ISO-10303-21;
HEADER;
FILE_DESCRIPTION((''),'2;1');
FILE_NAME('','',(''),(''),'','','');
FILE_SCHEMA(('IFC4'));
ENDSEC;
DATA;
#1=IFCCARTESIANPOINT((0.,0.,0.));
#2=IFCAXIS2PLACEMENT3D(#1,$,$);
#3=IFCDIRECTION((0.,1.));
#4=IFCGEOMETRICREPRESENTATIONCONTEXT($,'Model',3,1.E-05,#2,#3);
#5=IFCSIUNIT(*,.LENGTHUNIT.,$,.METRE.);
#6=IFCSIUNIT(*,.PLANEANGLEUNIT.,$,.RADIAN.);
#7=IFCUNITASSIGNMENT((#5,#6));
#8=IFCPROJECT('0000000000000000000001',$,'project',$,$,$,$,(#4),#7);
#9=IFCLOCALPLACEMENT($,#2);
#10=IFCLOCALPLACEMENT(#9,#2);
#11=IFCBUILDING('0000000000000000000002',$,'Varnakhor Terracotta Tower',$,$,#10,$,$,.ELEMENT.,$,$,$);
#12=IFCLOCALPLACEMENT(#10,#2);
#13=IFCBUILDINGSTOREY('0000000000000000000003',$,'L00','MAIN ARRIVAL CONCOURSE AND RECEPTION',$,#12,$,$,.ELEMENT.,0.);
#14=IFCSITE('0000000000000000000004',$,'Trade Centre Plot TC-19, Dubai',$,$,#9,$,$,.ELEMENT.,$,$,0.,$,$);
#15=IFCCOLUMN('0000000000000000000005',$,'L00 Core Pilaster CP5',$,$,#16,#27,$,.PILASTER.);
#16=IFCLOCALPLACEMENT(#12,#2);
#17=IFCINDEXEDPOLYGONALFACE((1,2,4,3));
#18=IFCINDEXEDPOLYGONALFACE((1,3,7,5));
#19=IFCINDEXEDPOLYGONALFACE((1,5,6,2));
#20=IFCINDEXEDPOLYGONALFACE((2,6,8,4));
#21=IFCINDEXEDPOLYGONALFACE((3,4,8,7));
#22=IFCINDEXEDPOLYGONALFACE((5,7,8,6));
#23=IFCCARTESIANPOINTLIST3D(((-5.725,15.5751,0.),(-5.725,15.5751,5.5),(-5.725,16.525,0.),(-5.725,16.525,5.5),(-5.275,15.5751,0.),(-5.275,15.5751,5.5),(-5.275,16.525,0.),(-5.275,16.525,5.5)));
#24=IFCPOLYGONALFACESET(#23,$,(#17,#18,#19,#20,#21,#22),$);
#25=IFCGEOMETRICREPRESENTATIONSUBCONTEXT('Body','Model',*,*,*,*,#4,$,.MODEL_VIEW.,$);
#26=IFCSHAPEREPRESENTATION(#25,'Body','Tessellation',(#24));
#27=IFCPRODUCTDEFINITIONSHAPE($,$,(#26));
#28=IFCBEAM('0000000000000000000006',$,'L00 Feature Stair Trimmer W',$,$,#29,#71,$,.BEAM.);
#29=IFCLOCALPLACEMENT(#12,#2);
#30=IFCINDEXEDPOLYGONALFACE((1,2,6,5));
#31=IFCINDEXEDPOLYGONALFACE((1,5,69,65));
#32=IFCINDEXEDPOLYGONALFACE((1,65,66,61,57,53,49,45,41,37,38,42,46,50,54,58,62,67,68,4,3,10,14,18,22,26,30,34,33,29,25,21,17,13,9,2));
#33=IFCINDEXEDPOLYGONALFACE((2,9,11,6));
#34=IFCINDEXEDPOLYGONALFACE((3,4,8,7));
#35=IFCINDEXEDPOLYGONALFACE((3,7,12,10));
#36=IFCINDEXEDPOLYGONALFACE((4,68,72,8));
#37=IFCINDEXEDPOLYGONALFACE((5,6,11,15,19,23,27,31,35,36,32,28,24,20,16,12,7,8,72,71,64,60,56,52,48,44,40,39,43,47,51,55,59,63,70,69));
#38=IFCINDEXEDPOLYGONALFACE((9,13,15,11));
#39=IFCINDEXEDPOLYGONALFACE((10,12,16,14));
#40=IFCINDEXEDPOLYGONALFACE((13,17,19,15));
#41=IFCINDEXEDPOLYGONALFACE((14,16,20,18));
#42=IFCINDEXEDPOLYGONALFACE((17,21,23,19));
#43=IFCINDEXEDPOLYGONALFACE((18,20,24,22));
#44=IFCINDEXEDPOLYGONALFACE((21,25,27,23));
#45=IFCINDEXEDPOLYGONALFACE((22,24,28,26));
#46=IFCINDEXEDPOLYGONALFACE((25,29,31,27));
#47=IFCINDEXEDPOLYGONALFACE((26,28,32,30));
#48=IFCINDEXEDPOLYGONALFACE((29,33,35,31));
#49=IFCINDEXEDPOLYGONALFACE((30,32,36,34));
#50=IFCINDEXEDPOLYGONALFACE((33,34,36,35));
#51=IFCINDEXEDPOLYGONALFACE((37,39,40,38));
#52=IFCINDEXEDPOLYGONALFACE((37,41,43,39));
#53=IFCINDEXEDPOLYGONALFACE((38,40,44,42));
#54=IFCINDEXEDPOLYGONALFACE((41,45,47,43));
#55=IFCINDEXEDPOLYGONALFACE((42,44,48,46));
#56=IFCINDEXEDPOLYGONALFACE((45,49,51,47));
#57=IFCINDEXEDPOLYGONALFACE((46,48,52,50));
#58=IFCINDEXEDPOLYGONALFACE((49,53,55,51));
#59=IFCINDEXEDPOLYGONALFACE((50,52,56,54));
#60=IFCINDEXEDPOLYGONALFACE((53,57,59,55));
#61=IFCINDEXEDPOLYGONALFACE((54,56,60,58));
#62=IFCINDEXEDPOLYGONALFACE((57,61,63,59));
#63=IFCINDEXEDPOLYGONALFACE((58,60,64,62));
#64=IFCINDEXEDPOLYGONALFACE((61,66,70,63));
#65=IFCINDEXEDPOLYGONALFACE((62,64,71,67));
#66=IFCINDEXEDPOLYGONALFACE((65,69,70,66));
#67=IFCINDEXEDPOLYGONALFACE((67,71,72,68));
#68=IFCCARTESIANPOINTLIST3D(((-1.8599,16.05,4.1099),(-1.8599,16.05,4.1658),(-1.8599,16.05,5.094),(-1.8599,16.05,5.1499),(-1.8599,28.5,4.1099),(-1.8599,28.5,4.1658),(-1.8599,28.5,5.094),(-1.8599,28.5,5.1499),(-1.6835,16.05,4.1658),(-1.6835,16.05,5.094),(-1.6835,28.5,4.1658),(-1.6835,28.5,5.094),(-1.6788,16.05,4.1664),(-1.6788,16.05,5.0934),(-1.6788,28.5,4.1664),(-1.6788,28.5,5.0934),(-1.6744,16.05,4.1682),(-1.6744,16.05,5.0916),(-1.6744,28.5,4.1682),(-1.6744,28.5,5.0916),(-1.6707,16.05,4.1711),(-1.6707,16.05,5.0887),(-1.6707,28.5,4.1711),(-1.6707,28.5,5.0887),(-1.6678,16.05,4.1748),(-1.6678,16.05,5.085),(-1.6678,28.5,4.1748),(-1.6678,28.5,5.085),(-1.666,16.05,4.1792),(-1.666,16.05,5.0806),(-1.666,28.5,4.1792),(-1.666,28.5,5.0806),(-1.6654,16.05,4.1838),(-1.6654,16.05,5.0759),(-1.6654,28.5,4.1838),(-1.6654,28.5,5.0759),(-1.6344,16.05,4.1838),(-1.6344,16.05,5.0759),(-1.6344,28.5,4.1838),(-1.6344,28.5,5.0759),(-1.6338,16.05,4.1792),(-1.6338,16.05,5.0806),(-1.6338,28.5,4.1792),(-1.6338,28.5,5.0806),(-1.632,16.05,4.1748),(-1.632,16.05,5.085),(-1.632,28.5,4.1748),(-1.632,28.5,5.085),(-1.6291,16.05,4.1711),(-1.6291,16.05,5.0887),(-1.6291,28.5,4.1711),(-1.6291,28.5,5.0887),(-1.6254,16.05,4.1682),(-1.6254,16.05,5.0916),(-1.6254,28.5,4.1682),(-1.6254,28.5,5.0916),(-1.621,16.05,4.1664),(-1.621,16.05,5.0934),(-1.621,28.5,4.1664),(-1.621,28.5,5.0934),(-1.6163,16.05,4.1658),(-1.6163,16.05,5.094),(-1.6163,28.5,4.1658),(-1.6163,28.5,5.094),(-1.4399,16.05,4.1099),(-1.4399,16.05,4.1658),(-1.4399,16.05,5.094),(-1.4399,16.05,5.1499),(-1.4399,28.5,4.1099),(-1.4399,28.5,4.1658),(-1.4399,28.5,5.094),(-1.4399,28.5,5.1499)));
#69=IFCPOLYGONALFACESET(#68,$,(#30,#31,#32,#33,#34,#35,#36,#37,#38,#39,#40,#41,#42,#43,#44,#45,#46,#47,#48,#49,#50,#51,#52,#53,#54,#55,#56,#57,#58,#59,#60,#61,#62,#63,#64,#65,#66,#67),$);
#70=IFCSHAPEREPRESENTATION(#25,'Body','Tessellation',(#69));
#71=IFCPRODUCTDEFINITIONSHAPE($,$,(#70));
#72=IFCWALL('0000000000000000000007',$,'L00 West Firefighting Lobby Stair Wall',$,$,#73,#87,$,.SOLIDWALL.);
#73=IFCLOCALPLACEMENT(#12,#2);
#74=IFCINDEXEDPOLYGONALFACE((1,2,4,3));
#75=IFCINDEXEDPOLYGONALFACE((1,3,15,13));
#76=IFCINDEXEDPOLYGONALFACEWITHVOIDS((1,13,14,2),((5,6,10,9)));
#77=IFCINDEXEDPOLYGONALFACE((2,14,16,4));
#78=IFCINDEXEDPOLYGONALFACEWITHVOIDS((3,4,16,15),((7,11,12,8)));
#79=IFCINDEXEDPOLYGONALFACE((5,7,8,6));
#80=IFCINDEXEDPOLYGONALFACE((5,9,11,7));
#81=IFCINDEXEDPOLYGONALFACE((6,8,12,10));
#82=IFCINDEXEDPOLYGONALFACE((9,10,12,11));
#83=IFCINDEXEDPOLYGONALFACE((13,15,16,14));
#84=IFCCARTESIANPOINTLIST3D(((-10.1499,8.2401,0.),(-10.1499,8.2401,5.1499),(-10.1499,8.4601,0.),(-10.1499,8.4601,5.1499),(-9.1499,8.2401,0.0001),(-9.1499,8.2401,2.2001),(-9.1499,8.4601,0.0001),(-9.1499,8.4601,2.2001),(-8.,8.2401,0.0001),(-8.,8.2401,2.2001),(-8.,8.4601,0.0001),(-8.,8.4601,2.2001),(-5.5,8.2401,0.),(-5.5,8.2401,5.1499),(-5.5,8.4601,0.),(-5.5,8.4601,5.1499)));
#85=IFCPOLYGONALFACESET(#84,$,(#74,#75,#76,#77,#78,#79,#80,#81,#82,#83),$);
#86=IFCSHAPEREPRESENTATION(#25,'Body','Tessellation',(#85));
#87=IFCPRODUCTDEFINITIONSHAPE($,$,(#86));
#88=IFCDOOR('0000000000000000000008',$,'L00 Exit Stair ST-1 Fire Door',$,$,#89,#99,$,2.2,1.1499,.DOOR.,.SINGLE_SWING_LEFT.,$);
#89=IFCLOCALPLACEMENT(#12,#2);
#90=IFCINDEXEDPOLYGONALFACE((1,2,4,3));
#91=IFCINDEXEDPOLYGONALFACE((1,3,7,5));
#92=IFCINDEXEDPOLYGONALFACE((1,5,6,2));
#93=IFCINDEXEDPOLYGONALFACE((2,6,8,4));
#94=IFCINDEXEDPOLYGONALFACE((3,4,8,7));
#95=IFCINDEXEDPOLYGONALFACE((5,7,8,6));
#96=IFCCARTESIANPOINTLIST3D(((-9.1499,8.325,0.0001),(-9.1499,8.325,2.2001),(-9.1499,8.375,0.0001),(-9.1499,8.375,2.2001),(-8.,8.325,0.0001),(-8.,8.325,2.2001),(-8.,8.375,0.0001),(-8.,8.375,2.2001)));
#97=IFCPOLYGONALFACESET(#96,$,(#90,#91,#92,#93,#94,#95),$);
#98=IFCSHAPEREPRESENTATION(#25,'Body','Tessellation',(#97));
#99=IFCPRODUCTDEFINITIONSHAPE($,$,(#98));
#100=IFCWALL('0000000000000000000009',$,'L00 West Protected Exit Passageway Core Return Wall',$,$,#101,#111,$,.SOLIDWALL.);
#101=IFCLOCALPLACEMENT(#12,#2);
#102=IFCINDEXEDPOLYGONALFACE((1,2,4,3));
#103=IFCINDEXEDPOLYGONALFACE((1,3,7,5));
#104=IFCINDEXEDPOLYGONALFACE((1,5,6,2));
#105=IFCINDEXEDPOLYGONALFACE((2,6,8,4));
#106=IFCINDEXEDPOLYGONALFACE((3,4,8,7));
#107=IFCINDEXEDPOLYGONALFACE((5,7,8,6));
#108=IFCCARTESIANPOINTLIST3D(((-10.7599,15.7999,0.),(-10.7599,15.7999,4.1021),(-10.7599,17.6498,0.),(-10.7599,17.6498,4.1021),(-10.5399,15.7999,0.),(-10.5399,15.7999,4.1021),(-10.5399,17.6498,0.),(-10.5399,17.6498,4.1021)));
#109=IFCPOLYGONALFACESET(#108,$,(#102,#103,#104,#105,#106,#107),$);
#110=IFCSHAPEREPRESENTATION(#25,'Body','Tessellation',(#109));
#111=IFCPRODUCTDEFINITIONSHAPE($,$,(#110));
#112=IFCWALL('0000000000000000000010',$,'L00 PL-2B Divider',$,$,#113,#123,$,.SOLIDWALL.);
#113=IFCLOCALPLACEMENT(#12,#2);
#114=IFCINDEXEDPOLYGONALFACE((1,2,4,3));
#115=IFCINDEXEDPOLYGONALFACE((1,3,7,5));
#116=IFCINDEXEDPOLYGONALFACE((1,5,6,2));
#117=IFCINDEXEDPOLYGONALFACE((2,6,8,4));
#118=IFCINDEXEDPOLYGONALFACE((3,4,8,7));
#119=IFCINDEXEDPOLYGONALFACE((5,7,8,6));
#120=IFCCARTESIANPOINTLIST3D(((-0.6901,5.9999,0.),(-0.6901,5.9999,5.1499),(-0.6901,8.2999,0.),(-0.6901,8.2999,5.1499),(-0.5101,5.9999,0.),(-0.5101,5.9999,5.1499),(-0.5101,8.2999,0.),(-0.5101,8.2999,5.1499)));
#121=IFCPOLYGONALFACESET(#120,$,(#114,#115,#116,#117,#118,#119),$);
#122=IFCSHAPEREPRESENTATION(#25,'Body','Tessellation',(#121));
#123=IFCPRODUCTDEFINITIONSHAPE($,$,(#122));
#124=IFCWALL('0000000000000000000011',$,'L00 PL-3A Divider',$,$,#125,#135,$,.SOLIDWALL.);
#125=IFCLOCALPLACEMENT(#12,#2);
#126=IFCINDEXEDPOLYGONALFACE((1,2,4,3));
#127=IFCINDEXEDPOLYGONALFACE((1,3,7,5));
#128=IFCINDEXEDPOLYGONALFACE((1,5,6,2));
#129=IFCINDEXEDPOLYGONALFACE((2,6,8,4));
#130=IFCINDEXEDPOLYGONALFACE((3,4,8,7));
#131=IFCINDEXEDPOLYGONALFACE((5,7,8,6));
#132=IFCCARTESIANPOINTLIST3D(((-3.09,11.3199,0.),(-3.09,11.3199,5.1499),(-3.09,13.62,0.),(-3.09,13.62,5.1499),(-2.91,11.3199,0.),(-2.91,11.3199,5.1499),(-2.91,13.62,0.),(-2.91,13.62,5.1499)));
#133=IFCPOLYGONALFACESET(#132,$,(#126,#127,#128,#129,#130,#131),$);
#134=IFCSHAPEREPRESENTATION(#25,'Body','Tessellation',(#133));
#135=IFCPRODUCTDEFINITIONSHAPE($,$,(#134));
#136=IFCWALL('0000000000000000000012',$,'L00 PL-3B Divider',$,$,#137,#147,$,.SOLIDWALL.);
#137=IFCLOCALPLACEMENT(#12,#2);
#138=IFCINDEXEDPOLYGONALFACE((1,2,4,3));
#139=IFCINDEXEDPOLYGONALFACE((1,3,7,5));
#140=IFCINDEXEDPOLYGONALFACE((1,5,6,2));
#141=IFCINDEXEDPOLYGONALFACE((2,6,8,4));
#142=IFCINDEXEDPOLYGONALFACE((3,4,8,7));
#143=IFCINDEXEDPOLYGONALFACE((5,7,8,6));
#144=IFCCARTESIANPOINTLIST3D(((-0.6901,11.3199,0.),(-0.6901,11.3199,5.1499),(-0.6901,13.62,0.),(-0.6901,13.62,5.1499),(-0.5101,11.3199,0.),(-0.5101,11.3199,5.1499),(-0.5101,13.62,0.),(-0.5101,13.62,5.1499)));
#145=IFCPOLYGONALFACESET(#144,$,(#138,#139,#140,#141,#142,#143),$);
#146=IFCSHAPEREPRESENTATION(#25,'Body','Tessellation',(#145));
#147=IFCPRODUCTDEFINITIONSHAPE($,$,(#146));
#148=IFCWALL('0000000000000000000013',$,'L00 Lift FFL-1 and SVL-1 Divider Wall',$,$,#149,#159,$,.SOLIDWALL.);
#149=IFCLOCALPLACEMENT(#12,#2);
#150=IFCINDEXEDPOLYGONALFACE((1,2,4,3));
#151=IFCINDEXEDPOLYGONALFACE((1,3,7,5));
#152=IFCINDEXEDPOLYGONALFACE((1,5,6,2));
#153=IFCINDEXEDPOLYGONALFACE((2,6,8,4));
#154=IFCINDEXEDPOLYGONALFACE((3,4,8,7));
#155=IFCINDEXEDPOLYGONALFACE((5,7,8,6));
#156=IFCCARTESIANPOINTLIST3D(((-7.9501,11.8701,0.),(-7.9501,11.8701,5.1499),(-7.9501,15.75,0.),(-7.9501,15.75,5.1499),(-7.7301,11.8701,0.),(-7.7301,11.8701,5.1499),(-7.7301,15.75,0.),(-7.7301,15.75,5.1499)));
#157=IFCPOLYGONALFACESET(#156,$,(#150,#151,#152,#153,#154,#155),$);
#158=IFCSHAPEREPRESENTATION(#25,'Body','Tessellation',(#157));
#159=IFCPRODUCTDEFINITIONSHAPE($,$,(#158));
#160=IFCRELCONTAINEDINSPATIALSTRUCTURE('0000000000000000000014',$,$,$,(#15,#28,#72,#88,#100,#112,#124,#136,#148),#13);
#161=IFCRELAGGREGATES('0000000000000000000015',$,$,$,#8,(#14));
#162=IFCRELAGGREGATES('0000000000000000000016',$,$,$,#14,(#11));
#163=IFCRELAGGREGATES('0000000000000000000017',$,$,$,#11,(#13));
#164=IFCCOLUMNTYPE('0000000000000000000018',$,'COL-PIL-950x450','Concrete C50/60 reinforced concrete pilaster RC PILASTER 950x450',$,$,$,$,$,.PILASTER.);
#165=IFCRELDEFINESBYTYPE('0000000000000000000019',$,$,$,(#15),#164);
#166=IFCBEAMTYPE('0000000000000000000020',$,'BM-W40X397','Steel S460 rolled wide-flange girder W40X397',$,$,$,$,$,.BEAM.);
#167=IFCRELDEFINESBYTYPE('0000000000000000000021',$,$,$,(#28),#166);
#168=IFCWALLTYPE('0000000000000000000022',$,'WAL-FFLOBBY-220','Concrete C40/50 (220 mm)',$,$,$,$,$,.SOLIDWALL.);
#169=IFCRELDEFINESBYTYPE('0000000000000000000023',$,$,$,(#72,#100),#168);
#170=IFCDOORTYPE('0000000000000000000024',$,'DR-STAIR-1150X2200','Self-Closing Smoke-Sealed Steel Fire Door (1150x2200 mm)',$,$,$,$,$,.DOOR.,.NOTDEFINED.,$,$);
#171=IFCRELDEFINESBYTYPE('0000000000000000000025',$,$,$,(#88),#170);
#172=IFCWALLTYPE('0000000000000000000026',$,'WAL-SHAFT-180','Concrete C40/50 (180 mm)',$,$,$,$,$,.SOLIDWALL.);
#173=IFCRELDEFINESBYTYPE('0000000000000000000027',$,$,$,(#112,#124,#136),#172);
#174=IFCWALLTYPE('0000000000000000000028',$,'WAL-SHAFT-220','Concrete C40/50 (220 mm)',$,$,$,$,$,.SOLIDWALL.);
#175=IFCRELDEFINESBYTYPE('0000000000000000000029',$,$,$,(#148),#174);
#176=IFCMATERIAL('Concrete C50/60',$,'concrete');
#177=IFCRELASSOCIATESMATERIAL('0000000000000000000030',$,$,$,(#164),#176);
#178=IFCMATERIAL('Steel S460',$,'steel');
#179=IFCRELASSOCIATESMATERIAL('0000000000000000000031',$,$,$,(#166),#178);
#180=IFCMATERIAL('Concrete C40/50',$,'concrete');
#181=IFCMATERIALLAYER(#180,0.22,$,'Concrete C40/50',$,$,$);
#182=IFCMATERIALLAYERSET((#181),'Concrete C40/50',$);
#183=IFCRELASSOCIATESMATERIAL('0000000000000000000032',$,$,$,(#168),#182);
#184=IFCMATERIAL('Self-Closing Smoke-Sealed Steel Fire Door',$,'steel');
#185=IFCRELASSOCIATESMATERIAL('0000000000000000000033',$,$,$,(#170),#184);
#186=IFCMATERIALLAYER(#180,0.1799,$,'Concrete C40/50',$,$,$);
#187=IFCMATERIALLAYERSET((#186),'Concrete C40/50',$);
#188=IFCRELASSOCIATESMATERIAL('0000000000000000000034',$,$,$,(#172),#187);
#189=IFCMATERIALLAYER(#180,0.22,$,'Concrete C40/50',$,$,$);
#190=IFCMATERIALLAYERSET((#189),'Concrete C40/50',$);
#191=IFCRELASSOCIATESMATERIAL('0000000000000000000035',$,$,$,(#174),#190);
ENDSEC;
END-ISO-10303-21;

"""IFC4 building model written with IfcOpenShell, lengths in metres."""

from ifc_helpers import new_model, si_unit, direction, frame, frame_2d, origin, origin_2d, place, context, subcontext, project, spatial, rectangle, i_section, extrude, source, transform, mapped, material, layer, layer_set, material_profile, profile_set, type_object, type_shapes, element, fill, save


model = new_model("IFC4")

# Units and contexts
model_context = context("Model", 3, precision=1e-05, world=origin(), true_north=direction((0.0, 1.0)))
body_context = subcontext(model_context, "Body", "Model", "MODEL_VIEW")
ifc_project = project(units=[si_unit("LENGTHUNIT", "METRE"), si_unit("PLANEANGLEUNIT", "RADIAN")], contexts=[model_context])

# Site, building, storey
site_placement = place(None, origin())
site = spatial("IfcSite", under=ifc_project, at=site_placement, Name="Trade Centre Plot TC-19, Dubai", CompositionType="ELEMENT", RefElevation=0.0)
building_placement = place(site_placement, origin())
building = spatial("IfcBuilding", under=site, at=building_placement, Name="Varnakhor Terracotta Tower", CompositionType="ELEMENT")
storey_placement = place(building_placement, origin())
storey = spatial("IfcBuildingStorey", under=building, at=storey_placement, Name="L00", Description="MAIN ARRIVAL CONCOURSE AND RECEPTION", CompositionType="ELEMENT", Elevation=0.0)

# Column
ifc_material_1 = material(Name="Concrete C50/60", Category="concrete")
ifc_material_profile_1 = material_profile(ifc_material_1, rectangle(XDim=0.45, YDim=0.95, at=origin_2d()), Name="RC PILASTER 950x450")
ifc_profile_set_1 = profile_set([ifc_material_profile_1], Name="Concrete C50/60")
column_type = type_object("IfcColumnType", Name="COL-PIL-950x450", Description="Concrete C50/60 reinforced concrete pilaster RC PILASTER 950x450", PredefinedType="PILASTER", material=ifc_profile_set_1)
shared_shape_1 = source(origin(), body_context, "Body", "SweptSolid", [
    extrude(rectangle(XDim=0.45, YDim=0.95, at=origin_2d()), origin(), (0.0, 0.0, 1.0), 5.5),
])
column_placement = place(storey_placement, frame((-5.5, 16.05, 0.0), z_axis=(0.0, 0.0, 1.0), x_axis=(1.0, 0.0, 0.0)))
element("IfcColumn", 1, at=column_placement, inside=storey, type_object=column_type, Name="L00 Core Pilaster CP5", PredefinedType="PILASTER", context=body_context, shape_type="MappedRepresentation", body=[
    mapped(shared_shape_1, transform((0.0, 0.0, 0.0), scale=1.0)),
])

# Beam
ifc_material_2 = material(Name="Steel S460", Category="steel")
ifc_material_profile_2 = material_profile(ifc_material_2, i_section(OverallWidth=0.4199, OverallDepth=1.04, WebThickness=0.031, FlangeThickness=0.0559, FilletRadius=0.0181, at=origin_2d()), Name="W40X397")
ifc_profile_set_2 = profile_set([ifc_material_profile_2], Name="Steel S460")
beam_type = type_object("IfcBeamType", Name="BM-W40X397", Description="Steel S460 rolled wide-flange girder W40X397", PredefinedType="BEAM", material=ifc_profile_set_2)
shared_shape_2 = source(origin(), body_context, "Body", "SweptSolid", [
    extrude(i_section(OverallWidth=0.4199, OverallDepth=1.04, WebThickness=0.031, FlangeThickness=0.0559, FilletRadius=0.0181, at=origin_2d()), origin(), (0.0, 0.0, 1.0), 12.45),
])
beam_placement = place(storey_placement, frame((-1.6499, 16.05, 4.6299), z_axis=(0.0, 1.0, 0.0), x_axis=(-1.0, 0.0, 0.0)))
element("IfcBeam", 2, at=beam_placement, inside=storey, type_object=beam_type, Name="L00 Feature Stair Trimmer W", PredefinedType="BEAM", context=body_context, shape_type="MappedRepresentation", body=[
    mapped(shared_shape_2, transform((0.0, 0.0, 0.0), scale=1.0)),
])

# Wall, opening, door
ifc_material_3 = material(Name="Concrete C40/50", Category="concrete")
ifc_layer_1 = layer(ifc_material_3, 0.22, Name="Concrete C40/50")
ifc_layer_set_1 = layer_set([ifc_layer_1], Name="Concrete C40/50")
wall_type_1 = type_object("IfcWallType", Name="WAL-FFLOBBY-220", Description="Concrete C40/50 (220 mm)", PredefinedType="SOLIDWALL", material=ifc_layer_set_1)
wall_1_placement = place(storey_placement, frame((-10.1499, 8.3501, 0.0), z_axis=(0.0, 0.0, 1.0), x_axis=(1.0, 0.0, 0.0)))
wall_1 = element("IfcWall", 3, at=wall_1_placement, inside=storey, type_object=wall_type_1, Name="L00 West Firefighting Lobby Stair Wall", PredefinedType="SOLIDWALL", context=body_context, shape_type="SweptSolid", body=[
    extrude(rectangle(XDim=4.6499, YDim=0.22, at=frame_2d((2.325, 0.0))), origin(), (0.0, 0.0, 1.0), 5.1499),
])
opening_1_placement = place(wall_1_placement, frame((1.0, 0.0, 0.0)))
opening_1 = element("IfcOpeningElement", 4, at=opening_1_placement, cuts=wall_1, PredefinedType="OPENING", context=body_context, shape_type="SweptSolid", body=[
    extrude(rectangle(XDim=1.1499, YDim=2.2, at=frame_2d((0.575, 1.1001))), frame((0.0, 0.1201, 0.0), z_axis=(0.0, -1.0, 0.0), x_axis=(1.0, 0.0, 0.0)), (0.0, 0.0, 1.0), 0.24),
])
ifc_material_4 = material(Name="Self-Closing Smoke-Sealed Steel Fire Door", Category="steel")
door_type_1 = type_object("IfcDoorType", Name="DR-STAIR-1150X2200", Description="Self-Closing Smoke-Sealed Steel Fire Door (1150x2200 mm)", OperationType="NOTDEFINED", PredefinedType="DOOR", material=ifc_material_4)
shared_shape_3 = source(origin(), body_context, "Body", "SweptSolid", [
    extrude(rectangle(XDim=1.1499, YDim=2.2, at=frame_2d((0.575, 1.1001))), frame((0.0, 0.0249, 0.0), z_axis=(0.0, -1.0, 0.0), x_axis=(1.0, 0.0, 0.0)), (0.0, 0.0, 1.0), 0.05),
])
type_shapes(door_type_1, [shared_shape_3])
door_1_placement = place(opening_1_placement, origin())
door_1 = element("IfcDoor", 5, at=door_1_placement, inside=storey, type_object=door_type_1, Name="L00 Exit Stair ST-1 Fire Door", OperationType="SINGLE_SWING_LEFT", OverallHeight=2.2, OverallWidth=1.1499, PredefinedType="DOOR", context=body_context, shape_type="MappedRepresentation", body=[
    mapped(shared_shape_3, transform((0.0, 0.0, 0.0), scale=1.0)),
])
fill(opening_1, door_1)

# Walls
wall_2_placement = place(storey_placement, frame((-10.6499, 15.8, 0.0), z_axis=(0.0, 0.0, 1.0), x_axis=(0.0, 1.0, 0.0)))
element("IfcWall", 6, at=wall_2_placement, inside=storey, type_object=wall_type_1, Name="L00 West Protected Exit Passageway Core Return Wall", PredefinedType="SOLIDWALL", context=body_context, shape_type="SweptSolid", body=[
    extrude(rectangle(XDim=1.8499, YDim=0.22, at=frame_2d((0.9248, 0.0))), origin(), (0.0, 0.0, 1.0), 4.1021),
])
ifc_layer_2 = layer(ifc_material_3, 0.1799, Name="Concrete C40/50")
ifc_layer_set_2 = layer_set([ifc_layer_2], Name="Concrete C40/50")
wall_type_2 = type_object("IfcWallType", Name="WAL-SHAFT-180", Description="Concrete C40/50 (180 mm)", PredefinedType="SOLIDWALL", material=ifc_layer_set_2)
for number, where, z_axis, x_axis, name in (
    (7, (-0.6001, 6.0, 0.0), (0.0, 0.0, 1.0), (0.0, 1.0, 0.0), "L00 PL-2B Divider"),
    (8, (-3.0, 11.3201, 0.0), (0.0, 0.0, 1.0), (0.0, 1.0, 0.0), "L00 PL-3A Divider"),
    (9, (-0.6001, 11.3201, 0.0), (0.0, 0.0, 1.0), (0.0, 1.0, 0.0), "L00 PL-3B Divider"),
):
    element("IfcWall", number, at=place(storey_placement, frame(where, z_axis=z_axis, x_axis=x_axis)), inside=storey, type_object=wall_type_2, Name=name, PredefinedType="SOLIDWALL", context=body_context, shape_type="SweptSolid", body=[
        extrude(rectangle(XDim=2.3, YDim=0.1799, at=frame_2d((1.1499, 0.0))), origin(), (0.0, 0.0, 1.0), 5.1499),
    ])
ifc_layer_3 = layer(ifc_material_3, 0.22, Name="Concrete C40/50")
ifc_layer_set_3 = layer_set([ifc_layer_3], Name="Concrete C40/50")
wall_type_3 = type_object("IfcWallType", Name="WAL-SHAFT-220", Description="Concrete C40/50 (220 mm)", PredefinedType="SOLIDWALL", material=ifc_layer_set_3)
wall_3_placement = place(storey_placement, frame((-7.8401, 11.8701, 0.0), z_axis=(0.0, 0.0, 1.0), x_axis=(0.0, 1.0, 0.0)))
element("IfcWall", 10, at=wall_3_placement, inside=storey, type_object=wall_type_3, Name="L00 Lift FFL-1 and SVL-1 Divider Wall", PredefinedType="SOLIDWALL", context=body_context, shape_type="SweptSolid", body=[
    extrude(rectangle(XDim=3.8799, YDim=0.22, at=frame_2d((1.9399, 0.0))), origin(), (0.0, 0.0, 1.0), 5.1499),
])

save(model, "model.ifc")
